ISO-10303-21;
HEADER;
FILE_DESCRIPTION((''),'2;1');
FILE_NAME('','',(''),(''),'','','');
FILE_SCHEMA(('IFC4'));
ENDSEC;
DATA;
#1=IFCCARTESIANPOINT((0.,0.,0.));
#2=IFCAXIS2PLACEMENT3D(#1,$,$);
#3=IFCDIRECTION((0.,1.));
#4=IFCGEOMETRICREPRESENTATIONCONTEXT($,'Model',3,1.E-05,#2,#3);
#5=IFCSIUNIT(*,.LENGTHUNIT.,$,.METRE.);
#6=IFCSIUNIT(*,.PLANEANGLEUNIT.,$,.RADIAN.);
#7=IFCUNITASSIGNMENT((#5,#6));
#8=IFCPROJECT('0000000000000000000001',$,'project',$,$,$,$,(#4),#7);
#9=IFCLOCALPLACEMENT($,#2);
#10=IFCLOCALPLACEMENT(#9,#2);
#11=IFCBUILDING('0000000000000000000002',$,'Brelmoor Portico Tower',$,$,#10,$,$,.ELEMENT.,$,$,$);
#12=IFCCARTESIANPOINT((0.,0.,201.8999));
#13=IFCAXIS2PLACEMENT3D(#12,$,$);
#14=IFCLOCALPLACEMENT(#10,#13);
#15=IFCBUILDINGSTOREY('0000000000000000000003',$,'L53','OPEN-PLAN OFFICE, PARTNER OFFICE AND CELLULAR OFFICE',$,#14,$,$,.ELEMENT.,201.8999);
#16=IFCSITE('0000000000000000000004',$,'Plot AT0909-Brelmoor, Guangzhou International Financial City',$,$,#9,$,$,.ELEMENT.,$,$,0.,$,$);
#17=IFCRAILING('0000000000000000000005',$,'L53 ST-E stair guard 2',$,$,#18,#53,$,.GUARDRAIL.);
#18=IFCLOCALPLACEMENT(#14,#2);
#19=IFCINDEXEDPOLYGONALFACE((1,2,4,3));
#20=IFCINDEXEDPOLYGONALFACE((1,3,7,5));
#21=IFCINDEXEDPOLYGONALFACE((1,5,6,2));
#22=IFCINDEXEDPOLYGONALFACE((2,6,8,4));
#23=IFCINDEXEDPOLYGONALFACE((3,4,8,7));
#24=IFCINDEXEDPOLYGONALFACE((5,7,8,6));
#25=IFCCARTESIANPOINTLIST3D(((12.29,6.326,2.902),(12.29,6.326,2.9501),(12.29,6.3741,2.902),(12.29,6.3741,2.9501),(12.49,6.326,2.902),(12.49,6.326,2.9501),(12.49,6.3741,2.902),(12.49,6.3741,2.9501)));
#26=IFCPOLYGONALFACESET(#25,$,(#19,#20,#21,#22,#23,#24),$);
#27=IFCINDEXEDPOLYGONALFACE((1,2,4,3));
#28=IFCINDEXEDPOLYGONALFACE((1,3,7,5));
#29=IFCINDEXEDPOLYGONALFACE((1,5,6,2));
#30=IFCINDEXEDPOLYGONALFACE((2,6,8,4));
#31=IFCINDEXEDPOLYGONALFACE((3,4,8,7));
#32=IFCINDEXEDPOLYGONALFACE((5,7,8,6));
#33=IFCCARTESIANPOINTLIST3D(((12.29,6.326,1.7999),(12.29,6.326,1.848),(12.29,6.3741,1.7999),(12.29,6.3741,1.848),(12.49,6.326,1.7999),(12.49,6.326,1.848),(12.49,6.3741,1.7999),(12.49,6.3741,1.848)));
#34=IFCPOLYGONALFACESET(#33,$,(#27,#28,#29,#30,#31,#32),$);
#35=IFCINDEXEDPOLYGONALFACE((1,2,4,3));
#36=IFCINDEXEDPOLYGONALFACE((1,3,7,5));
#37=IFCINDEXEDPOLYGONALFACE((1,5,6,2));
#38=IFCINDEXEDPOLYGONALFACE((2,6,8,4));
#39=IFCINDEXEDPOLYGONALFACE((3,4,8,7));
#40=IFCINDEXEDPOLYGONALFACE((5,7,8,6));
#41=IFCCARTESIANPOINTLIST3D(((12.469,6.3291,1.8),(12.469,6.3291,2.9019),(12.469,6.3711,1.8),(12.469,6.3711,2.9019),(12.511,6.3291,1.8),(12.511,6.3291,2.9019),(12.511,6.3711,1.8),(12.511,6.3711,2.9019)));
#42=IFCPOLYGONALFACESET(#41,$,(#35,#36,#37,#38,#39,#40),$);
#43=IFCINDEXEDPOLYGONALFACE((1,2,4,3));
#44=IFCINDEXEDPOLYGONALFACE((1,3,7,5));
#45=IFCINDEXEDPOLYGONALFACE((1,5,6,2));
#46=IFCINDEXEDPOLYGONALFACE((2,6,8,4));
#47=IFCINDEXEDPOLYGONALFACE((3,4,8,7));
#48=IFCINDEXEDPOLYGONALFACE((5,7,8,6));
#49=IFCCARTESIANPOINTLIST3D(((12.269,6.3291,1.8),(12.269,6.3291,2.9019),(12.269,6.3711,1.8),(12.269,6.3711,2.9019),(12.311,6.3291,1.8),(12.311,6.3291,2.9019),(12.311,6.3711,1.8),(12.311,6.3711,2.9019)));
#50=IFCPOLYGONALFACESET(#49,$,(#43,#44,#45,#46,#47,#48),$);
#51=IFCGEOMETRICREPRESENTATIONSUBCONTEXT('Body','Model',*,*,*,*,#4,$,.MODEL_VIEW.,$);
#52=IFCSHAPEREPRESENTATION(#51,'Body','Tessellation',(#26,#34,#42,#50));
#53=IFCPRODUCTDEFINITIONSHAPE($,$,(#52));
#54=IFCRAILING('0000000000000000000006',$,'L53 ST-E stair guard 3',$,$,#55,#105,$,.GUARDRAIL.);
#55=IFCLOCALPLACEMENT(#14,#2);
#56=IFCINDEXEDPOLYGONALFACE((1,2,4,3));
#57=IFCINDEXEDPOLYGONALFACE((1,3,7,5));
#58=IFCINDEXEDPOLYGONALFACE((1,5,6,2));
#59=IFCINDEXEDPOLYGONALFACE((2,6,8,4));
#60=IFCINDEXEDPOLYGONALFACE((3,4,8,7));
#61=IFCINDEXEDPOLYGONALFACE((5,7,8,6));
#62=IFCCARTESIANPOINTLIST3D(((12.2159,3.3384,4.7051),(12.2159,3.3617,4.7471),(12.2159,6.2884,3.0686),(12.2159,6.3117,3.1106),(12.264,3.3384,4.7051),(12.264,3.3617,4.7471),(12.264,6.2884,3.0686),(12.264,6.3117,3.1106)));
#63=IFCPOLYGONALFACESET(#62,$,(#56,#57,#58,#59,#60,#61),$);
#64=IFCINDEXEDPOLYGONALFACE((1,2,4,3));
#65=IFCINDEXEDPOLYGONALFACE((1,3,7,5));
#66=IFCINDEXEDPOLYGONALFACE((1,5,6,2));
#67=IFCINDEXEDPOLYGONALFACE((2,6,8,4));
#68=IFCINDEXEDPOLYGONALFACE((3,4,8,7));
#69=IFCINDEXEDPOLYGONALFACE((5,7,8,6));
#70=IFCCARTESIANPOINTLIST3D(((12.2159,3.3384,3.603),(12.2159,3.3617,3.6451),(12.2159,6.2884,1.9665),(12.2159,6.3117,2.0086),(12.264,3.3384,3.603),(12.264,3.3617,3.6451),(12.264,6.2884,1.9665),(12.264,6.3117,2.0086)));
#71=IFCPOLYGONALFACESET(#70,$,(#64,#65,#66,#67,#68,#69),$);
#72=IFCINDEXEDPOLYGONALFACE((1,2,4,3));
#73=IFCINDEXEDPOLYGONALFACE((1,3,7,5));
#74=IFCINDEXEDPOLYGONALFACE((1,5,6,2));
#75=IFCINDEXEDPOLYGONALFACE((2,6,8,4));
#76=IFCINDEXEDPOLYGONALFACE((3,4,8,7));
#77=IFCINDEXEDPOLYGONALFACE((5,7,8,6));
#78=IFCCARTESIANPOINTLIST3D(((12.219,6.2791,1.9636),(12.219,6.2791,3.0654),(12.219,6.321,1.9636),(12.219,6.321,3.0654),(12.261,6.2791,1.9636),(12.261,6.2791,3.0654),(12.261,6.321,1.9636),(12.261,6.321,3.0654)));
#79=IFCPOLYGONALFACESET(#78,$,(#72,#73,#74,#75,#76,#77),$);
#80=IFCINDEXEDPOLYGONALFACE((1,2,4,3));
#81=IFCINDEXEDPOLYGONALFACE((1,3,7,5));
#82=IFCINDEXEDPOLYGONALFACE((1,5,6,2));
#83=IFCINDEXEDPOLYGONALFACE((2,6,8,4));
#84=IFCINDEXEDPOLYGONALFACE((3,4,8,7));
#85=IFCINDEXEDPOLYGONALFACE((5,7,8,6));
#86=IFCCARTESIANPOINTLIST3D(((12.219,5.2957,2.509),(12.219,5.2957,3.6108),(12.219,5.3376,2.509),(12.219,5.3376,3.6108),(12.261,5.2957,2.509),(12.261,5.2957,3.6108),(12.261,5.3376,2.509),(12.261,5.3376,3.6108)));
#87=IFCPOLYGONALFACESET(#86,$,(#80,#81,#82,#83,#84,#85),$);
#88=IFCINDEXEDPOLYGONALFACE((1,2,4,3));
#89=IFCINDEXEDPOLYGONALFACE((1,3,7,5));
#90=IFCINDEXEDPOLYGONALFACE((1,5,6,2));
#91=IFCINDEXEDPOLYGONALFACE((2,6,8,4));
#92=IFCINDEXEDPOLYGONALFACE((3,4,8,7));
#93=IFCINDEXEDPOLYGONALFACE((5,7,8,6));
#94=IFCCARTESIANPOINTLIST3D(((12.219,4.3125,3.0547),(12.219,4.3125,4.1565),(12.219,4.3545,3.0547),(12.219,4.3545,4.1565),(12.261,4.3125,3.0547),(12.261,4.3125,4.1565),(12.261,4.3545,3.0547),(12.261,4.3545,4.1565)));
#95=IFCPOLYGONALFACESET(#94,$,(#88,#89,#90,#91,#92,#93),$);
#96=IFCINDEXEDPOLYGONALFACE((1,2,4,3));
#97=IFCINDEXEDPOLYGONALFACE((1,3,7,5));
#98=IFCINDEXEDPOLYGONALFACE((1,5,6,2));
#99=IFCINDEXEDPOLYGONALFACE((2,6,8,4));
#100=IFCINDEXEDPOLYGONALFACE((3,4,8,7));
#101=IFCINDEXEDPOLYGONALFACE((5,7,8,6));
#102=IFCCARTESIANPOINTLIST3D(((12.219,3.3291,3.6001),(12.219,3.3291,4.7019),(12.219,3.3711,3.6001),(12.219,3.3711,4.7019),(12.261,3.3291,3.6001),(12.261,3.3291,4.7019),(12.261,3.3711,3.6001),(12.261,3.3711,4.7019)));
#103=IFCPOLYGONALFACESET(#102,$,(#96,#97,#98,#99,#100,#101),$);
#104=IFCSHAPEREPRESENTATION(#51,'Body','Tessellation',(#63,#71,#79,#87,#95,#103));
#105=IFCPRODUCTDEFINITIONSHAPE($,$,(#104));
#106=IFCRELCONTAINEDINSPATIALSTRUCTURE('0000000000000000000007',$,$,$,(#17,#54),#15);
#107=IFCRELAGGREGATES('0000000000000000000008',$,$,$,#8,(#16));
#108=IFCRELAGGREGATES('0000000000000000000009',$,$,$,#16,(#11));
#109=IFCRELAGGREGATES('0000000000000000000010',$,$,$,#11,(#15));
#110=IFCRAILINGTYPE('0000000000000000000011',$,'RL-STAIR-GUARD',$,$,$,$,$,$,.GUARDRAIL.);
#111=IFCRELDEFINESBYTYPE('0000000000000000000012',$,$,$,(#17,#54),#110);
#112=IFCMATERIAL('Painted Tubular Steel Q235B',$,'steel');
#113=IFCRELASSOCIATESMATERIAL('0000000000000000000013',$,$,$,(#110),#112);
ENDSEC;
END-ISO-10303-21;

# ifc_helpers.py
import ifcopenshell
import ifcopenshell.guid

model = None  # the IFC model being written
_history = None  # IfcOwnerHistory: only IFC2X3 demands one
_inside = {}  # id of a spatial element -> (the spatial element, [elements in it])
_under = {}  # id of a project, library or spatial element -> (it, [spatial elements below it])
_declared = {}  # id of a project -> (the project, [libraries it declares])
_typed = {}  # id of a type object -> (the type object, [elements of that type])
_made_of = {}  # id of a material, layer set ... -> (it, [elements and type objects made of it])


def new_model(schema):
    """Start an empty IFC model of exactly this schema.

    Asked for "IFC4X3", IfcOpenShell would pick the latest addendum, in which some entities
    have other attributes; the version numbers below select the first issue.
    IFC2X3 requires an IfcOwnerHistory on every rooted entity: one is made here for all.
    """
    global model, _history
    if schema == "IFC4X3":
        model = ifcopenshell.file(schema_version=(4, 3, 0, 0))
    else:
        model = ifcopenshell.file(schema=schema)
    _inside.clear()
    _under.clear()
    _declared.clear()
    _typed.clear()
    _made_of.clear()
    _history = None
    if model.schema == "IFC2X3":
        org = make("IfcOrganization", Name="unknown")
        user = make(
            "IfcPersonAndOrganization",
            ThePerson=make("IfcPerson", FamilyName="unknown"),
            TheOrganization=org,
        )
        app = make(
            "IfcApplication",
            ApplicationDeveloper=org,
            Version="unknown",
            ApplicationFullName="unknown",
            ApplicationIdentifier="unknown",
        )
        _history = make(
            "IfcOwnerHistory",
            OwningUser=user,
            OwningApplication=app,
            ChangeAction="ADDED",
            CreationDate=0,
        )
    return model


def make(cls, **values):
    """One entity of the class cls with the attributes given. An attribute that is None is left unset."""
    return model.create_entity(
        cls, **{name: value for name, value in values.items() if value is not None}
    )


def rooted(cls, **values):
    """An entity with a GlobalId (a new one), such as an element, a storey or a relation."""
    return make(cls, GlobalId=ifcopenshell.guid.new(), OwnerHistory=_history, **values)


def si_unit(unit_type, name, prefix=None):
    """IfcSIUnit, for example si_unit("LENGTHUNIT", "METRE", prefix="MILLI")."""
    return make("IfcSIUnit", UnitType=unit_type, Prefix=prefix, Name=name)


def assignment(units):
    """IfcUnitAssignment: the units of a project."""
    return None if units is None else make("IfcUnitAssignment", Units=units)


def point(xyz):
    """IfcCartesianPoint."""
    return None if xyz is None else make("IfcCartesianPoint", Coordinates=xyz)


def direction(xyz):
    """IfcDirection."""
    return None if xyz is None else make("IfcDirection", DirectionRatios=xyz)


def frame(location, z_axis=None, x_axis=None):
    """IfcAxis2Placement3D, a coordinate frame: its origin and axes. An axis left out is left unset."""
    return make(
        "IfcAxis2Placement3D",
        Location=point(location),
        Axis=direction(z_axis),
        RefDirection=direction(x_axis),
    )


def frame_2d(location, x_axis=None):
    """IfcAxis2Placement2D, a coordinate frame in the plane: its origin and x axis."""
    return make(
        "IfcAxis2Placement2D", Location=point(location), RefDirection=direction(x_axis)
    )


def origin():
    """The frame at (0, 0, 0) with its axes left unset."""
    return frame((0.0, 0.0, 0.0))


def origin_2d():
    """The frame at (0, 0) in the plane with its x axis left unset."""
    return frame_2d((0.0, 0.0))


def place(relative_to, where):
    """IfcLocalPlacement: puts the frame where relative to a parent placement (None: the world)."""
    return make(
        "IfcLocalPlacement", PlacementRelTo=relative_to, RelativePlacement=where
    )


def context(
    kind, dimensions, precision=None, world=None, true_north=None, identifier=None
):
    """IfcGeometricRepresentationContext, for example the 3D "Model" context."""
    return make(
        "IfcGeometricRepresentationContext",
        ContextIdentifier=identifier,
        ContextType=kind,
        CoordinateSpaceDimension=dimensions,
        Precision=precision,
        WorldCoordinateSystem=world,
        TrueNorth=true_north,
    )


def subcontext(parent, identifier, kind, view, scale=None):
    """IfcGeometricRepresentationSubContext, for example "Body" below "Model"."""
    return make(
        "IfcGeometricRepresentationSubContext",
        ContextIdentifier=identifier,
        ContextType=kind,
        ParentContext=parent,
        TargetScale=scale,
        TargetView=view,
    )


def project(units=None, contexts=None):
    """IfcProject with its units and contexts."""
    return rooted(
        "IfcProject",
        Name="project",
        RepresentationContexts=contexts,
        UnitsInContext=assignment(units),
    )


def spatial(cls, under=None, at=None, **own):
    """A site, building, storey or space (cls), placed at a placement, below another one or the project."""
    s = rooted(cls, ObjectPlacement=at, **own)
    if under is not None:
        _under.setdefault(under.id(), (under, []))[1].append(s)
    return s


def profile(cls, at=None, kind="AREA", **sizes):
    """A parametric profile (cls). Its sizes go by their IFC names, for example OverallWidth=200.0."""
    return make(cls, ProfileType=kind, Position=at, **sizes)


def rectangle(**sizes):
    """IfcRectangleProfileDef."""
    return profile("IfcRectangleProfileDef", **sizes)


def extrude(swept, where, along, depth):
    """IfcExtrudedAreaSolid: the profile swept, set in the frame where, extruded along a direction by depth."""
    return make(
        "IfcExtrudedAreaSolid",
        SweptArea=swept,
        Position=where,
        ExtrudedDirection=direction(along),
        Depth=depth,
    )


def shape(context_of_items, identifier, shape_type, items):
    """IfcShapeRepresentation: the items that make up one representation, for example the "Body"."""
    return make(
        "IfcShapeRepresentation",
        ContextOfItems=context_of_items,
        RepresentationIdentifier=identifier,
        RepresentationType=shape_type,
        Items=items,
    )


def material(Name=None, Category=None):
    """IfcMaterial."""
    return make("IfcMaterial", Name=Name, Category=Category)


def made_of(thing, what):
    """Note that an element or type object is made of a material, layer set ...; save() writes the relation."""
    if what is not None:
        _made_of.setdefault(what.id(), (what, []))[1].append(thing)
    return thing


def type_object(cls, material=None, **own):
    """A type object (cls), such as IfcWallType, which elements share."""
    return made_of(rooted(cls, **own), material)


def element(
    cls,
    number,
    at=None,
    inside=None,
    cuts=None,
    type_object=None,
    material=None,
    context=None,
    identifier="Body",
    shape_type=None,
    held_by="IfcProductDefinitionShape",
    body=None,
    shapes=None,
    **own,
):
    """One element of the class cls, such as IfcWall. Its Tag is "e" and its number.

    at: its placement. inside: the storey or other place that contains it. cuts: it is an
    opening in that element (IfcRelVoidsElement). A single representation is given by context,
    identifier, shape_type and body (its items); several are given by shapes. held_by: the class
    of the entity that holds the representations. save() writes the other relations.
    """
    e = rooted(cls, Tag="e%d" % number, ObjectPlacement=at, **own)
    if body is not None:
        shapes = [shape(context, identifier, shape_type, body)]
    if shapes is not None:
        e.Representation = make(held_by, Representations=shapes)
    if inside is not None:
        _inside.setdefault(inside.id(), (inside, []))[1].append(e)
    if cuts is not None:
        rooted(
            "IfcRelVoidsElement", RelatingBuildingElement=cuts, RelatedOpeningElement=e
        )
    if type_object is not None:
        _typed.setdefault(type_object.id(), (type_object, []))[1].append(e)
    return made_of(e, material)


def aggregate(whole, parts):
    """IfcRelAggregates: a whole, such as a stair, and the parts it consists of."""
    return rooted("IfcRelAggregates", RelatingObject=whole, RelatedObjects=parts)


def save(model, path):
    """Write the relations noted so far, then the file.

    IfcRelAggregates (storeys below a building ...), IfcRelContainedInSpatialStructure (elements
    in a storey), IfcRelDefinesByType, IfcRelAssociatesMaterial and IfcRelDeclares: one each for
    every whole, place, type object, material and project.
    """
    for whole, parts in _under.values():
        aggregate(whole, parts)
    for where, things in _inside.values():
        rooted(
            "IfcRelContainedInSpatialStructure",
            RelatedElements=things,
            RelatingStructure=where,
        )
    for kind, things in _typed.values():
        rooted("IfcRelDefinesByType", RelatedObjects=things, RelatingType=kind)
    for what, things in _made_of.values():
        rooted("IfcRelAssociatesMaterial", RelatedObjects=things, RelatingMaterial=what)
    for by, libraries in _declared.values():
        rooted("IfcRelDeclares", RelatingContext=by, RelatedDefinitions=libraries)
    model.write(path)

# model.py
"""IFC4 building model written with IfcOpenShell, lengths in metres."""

from ifc_helpers import new_model, si_unit, direction, frame, origin, origin_2d, place, context, subcontext, project, spatial, rectangle, extrude, material, type_object, element, save


model = new_model("IFC4")

# Units and contexts
model_context = context("Model", 3, precision=1e-05, world=origin(), true_north=direction((0.0, 1.0)))
body_context = subcontext(model_context, "Body", "Model", "MODEL_VIEW")
ifc_project = project(units=[si_unit("LENGTHUNIT", "METRE"), si_unit("PLANEANGLEUNIT", "RADIAN")], contexts=[model_context])

# Site, building, storey
site_placement = place(None, origin())
site = spatial("IfcSite", under=ifc_project, at=site_placement, Name="Plot AT0909-Brelmoor, Guangzhou International Financial City", CompositionType="ELEMENT", RefElevation=0.0)
building_placement = place(site_placement, origin())
building = spatial("IfcBuilding", under=site, at=building_placement, Name="Brelmoor Portico Tower", CompositionType="ELEMENT")
storey_placement = place(building_placement, frame((0.0, 0.0, 201.8999)))
storey = spatial("IfcBuildingStorey", under=building, at=storey_placement, Name="L53", Description="OPEN-PLAN OFFICE, PARTNER OFFICE AND CELLULAR OFFICE", CompositionType="ELEMENT", Elevation=201.8999)

# Railings
ifc_material_1 = material(Name="Painted Tubular Steel Q235B", Category="steel")
railing_type = type_object("IfcRailingType", Name="RL-STAIR-GUARD", PredefinedType="GUARDRAIL", material=ifc_material_1)
railing_1_placement = place(storey_placement, frame((12.49, 6.3501, 1.8)))
element("IfcRailing", 1, at=railing_1_placement, inside=storey, type_object=railing_type, Name="L53 ST-E stair guard 2", PredefinedType="GUARDRAIL", context=body_context, shape_type="SweptSolid", body=[
    extrude(rectangle(XDim=0.0481, YDim=0.0481, at=origin_2d()), frame((0.0, 0.0, 1.126), z_axis=(-1.0, 0.0, 0.0), x_axis=(0.0, -1.0, 0.0)), (0.0, 0.0, 1.0), 0.2),
    extrude(rectangle(XDim=0.0481, YDim=0.0481, at=origin_2d()), frame((0.0, 0.0, 0.0239), z_axis=(-1.0, 0.0, 0.0), x_axis=(0.0, -1.0, 0.0)), (0.0, 0.0, 1.0), 0.2),
    extrude(rectangle(XDim=0.042, YDim=0.042, at=origin_2d()), origin(), (0.0, 0.0, 1.0), 1.1018),
    extrude(rectangle(XDim=0.042, YDim=0.042, at=origin_2d()), frame((-0.2, 0.0, 0.0)), (0.0, 0.0, 1.0), 1.1018),
])
railing_2_placement = place(storey_placement, frame((12.24, 6.3, 1.9636)))
element("IfcRailing", 2, at=railing_2_placement, inside=storey, type_object=railing_type, Name="L53 ST-E stair guard 3", PredefinedType="GUARDRAIL", context=body_context, shape_type="SweptSolid", body=[
    extrude(rectangle(XDim=0.0481, YDim=0.0481, at=origin_2d()), frame((0.0, 0.0, 1.126), z_axis=(0.0, -0.874458, 0.485102), x_axis=(1.0, 0.0, 0.0)), (0.0, 0.0, 1.0), 3.3735),
    extrude(rectangle(XDim=0.0481, YDim=0.0481, at=origin_2d()), frame((0.0, 0.0, 0.0239), z_axis=(0.0, -0.874458, 0.485102), x_axis=(1.0, 0.0, 0.0)), (0.0, 0.0, 1.0), 3.3735),
    extrude(rectangle(XDim=0.042, YDim=0.042, at=origin_2d()), origin(), (0.0, 0.0, 1.0), 1.1018),
    extrude(rectangle(XDim=0.042, YDim=0.042, at=origin_2d()), frame((0.0, -0.9834, 0.5454)), (0.0, 0.0, 1.0), 1.1018),
    extrude(rectangle(XDim=0.042, YDim=0.042, at=origin_2d()), frame((0.0, -1.9666, 1.0911)), (0.0, 0.0, 1.0), 1.1018),
    extrude(rectangle(XDim=0.042, YDim=0.042, at=origin_2d()), frame((0.0, -2.95, 1.6365)), (0.0, 0.0, 1.0), 1.1018),
])

save(model, "model.ifc")
